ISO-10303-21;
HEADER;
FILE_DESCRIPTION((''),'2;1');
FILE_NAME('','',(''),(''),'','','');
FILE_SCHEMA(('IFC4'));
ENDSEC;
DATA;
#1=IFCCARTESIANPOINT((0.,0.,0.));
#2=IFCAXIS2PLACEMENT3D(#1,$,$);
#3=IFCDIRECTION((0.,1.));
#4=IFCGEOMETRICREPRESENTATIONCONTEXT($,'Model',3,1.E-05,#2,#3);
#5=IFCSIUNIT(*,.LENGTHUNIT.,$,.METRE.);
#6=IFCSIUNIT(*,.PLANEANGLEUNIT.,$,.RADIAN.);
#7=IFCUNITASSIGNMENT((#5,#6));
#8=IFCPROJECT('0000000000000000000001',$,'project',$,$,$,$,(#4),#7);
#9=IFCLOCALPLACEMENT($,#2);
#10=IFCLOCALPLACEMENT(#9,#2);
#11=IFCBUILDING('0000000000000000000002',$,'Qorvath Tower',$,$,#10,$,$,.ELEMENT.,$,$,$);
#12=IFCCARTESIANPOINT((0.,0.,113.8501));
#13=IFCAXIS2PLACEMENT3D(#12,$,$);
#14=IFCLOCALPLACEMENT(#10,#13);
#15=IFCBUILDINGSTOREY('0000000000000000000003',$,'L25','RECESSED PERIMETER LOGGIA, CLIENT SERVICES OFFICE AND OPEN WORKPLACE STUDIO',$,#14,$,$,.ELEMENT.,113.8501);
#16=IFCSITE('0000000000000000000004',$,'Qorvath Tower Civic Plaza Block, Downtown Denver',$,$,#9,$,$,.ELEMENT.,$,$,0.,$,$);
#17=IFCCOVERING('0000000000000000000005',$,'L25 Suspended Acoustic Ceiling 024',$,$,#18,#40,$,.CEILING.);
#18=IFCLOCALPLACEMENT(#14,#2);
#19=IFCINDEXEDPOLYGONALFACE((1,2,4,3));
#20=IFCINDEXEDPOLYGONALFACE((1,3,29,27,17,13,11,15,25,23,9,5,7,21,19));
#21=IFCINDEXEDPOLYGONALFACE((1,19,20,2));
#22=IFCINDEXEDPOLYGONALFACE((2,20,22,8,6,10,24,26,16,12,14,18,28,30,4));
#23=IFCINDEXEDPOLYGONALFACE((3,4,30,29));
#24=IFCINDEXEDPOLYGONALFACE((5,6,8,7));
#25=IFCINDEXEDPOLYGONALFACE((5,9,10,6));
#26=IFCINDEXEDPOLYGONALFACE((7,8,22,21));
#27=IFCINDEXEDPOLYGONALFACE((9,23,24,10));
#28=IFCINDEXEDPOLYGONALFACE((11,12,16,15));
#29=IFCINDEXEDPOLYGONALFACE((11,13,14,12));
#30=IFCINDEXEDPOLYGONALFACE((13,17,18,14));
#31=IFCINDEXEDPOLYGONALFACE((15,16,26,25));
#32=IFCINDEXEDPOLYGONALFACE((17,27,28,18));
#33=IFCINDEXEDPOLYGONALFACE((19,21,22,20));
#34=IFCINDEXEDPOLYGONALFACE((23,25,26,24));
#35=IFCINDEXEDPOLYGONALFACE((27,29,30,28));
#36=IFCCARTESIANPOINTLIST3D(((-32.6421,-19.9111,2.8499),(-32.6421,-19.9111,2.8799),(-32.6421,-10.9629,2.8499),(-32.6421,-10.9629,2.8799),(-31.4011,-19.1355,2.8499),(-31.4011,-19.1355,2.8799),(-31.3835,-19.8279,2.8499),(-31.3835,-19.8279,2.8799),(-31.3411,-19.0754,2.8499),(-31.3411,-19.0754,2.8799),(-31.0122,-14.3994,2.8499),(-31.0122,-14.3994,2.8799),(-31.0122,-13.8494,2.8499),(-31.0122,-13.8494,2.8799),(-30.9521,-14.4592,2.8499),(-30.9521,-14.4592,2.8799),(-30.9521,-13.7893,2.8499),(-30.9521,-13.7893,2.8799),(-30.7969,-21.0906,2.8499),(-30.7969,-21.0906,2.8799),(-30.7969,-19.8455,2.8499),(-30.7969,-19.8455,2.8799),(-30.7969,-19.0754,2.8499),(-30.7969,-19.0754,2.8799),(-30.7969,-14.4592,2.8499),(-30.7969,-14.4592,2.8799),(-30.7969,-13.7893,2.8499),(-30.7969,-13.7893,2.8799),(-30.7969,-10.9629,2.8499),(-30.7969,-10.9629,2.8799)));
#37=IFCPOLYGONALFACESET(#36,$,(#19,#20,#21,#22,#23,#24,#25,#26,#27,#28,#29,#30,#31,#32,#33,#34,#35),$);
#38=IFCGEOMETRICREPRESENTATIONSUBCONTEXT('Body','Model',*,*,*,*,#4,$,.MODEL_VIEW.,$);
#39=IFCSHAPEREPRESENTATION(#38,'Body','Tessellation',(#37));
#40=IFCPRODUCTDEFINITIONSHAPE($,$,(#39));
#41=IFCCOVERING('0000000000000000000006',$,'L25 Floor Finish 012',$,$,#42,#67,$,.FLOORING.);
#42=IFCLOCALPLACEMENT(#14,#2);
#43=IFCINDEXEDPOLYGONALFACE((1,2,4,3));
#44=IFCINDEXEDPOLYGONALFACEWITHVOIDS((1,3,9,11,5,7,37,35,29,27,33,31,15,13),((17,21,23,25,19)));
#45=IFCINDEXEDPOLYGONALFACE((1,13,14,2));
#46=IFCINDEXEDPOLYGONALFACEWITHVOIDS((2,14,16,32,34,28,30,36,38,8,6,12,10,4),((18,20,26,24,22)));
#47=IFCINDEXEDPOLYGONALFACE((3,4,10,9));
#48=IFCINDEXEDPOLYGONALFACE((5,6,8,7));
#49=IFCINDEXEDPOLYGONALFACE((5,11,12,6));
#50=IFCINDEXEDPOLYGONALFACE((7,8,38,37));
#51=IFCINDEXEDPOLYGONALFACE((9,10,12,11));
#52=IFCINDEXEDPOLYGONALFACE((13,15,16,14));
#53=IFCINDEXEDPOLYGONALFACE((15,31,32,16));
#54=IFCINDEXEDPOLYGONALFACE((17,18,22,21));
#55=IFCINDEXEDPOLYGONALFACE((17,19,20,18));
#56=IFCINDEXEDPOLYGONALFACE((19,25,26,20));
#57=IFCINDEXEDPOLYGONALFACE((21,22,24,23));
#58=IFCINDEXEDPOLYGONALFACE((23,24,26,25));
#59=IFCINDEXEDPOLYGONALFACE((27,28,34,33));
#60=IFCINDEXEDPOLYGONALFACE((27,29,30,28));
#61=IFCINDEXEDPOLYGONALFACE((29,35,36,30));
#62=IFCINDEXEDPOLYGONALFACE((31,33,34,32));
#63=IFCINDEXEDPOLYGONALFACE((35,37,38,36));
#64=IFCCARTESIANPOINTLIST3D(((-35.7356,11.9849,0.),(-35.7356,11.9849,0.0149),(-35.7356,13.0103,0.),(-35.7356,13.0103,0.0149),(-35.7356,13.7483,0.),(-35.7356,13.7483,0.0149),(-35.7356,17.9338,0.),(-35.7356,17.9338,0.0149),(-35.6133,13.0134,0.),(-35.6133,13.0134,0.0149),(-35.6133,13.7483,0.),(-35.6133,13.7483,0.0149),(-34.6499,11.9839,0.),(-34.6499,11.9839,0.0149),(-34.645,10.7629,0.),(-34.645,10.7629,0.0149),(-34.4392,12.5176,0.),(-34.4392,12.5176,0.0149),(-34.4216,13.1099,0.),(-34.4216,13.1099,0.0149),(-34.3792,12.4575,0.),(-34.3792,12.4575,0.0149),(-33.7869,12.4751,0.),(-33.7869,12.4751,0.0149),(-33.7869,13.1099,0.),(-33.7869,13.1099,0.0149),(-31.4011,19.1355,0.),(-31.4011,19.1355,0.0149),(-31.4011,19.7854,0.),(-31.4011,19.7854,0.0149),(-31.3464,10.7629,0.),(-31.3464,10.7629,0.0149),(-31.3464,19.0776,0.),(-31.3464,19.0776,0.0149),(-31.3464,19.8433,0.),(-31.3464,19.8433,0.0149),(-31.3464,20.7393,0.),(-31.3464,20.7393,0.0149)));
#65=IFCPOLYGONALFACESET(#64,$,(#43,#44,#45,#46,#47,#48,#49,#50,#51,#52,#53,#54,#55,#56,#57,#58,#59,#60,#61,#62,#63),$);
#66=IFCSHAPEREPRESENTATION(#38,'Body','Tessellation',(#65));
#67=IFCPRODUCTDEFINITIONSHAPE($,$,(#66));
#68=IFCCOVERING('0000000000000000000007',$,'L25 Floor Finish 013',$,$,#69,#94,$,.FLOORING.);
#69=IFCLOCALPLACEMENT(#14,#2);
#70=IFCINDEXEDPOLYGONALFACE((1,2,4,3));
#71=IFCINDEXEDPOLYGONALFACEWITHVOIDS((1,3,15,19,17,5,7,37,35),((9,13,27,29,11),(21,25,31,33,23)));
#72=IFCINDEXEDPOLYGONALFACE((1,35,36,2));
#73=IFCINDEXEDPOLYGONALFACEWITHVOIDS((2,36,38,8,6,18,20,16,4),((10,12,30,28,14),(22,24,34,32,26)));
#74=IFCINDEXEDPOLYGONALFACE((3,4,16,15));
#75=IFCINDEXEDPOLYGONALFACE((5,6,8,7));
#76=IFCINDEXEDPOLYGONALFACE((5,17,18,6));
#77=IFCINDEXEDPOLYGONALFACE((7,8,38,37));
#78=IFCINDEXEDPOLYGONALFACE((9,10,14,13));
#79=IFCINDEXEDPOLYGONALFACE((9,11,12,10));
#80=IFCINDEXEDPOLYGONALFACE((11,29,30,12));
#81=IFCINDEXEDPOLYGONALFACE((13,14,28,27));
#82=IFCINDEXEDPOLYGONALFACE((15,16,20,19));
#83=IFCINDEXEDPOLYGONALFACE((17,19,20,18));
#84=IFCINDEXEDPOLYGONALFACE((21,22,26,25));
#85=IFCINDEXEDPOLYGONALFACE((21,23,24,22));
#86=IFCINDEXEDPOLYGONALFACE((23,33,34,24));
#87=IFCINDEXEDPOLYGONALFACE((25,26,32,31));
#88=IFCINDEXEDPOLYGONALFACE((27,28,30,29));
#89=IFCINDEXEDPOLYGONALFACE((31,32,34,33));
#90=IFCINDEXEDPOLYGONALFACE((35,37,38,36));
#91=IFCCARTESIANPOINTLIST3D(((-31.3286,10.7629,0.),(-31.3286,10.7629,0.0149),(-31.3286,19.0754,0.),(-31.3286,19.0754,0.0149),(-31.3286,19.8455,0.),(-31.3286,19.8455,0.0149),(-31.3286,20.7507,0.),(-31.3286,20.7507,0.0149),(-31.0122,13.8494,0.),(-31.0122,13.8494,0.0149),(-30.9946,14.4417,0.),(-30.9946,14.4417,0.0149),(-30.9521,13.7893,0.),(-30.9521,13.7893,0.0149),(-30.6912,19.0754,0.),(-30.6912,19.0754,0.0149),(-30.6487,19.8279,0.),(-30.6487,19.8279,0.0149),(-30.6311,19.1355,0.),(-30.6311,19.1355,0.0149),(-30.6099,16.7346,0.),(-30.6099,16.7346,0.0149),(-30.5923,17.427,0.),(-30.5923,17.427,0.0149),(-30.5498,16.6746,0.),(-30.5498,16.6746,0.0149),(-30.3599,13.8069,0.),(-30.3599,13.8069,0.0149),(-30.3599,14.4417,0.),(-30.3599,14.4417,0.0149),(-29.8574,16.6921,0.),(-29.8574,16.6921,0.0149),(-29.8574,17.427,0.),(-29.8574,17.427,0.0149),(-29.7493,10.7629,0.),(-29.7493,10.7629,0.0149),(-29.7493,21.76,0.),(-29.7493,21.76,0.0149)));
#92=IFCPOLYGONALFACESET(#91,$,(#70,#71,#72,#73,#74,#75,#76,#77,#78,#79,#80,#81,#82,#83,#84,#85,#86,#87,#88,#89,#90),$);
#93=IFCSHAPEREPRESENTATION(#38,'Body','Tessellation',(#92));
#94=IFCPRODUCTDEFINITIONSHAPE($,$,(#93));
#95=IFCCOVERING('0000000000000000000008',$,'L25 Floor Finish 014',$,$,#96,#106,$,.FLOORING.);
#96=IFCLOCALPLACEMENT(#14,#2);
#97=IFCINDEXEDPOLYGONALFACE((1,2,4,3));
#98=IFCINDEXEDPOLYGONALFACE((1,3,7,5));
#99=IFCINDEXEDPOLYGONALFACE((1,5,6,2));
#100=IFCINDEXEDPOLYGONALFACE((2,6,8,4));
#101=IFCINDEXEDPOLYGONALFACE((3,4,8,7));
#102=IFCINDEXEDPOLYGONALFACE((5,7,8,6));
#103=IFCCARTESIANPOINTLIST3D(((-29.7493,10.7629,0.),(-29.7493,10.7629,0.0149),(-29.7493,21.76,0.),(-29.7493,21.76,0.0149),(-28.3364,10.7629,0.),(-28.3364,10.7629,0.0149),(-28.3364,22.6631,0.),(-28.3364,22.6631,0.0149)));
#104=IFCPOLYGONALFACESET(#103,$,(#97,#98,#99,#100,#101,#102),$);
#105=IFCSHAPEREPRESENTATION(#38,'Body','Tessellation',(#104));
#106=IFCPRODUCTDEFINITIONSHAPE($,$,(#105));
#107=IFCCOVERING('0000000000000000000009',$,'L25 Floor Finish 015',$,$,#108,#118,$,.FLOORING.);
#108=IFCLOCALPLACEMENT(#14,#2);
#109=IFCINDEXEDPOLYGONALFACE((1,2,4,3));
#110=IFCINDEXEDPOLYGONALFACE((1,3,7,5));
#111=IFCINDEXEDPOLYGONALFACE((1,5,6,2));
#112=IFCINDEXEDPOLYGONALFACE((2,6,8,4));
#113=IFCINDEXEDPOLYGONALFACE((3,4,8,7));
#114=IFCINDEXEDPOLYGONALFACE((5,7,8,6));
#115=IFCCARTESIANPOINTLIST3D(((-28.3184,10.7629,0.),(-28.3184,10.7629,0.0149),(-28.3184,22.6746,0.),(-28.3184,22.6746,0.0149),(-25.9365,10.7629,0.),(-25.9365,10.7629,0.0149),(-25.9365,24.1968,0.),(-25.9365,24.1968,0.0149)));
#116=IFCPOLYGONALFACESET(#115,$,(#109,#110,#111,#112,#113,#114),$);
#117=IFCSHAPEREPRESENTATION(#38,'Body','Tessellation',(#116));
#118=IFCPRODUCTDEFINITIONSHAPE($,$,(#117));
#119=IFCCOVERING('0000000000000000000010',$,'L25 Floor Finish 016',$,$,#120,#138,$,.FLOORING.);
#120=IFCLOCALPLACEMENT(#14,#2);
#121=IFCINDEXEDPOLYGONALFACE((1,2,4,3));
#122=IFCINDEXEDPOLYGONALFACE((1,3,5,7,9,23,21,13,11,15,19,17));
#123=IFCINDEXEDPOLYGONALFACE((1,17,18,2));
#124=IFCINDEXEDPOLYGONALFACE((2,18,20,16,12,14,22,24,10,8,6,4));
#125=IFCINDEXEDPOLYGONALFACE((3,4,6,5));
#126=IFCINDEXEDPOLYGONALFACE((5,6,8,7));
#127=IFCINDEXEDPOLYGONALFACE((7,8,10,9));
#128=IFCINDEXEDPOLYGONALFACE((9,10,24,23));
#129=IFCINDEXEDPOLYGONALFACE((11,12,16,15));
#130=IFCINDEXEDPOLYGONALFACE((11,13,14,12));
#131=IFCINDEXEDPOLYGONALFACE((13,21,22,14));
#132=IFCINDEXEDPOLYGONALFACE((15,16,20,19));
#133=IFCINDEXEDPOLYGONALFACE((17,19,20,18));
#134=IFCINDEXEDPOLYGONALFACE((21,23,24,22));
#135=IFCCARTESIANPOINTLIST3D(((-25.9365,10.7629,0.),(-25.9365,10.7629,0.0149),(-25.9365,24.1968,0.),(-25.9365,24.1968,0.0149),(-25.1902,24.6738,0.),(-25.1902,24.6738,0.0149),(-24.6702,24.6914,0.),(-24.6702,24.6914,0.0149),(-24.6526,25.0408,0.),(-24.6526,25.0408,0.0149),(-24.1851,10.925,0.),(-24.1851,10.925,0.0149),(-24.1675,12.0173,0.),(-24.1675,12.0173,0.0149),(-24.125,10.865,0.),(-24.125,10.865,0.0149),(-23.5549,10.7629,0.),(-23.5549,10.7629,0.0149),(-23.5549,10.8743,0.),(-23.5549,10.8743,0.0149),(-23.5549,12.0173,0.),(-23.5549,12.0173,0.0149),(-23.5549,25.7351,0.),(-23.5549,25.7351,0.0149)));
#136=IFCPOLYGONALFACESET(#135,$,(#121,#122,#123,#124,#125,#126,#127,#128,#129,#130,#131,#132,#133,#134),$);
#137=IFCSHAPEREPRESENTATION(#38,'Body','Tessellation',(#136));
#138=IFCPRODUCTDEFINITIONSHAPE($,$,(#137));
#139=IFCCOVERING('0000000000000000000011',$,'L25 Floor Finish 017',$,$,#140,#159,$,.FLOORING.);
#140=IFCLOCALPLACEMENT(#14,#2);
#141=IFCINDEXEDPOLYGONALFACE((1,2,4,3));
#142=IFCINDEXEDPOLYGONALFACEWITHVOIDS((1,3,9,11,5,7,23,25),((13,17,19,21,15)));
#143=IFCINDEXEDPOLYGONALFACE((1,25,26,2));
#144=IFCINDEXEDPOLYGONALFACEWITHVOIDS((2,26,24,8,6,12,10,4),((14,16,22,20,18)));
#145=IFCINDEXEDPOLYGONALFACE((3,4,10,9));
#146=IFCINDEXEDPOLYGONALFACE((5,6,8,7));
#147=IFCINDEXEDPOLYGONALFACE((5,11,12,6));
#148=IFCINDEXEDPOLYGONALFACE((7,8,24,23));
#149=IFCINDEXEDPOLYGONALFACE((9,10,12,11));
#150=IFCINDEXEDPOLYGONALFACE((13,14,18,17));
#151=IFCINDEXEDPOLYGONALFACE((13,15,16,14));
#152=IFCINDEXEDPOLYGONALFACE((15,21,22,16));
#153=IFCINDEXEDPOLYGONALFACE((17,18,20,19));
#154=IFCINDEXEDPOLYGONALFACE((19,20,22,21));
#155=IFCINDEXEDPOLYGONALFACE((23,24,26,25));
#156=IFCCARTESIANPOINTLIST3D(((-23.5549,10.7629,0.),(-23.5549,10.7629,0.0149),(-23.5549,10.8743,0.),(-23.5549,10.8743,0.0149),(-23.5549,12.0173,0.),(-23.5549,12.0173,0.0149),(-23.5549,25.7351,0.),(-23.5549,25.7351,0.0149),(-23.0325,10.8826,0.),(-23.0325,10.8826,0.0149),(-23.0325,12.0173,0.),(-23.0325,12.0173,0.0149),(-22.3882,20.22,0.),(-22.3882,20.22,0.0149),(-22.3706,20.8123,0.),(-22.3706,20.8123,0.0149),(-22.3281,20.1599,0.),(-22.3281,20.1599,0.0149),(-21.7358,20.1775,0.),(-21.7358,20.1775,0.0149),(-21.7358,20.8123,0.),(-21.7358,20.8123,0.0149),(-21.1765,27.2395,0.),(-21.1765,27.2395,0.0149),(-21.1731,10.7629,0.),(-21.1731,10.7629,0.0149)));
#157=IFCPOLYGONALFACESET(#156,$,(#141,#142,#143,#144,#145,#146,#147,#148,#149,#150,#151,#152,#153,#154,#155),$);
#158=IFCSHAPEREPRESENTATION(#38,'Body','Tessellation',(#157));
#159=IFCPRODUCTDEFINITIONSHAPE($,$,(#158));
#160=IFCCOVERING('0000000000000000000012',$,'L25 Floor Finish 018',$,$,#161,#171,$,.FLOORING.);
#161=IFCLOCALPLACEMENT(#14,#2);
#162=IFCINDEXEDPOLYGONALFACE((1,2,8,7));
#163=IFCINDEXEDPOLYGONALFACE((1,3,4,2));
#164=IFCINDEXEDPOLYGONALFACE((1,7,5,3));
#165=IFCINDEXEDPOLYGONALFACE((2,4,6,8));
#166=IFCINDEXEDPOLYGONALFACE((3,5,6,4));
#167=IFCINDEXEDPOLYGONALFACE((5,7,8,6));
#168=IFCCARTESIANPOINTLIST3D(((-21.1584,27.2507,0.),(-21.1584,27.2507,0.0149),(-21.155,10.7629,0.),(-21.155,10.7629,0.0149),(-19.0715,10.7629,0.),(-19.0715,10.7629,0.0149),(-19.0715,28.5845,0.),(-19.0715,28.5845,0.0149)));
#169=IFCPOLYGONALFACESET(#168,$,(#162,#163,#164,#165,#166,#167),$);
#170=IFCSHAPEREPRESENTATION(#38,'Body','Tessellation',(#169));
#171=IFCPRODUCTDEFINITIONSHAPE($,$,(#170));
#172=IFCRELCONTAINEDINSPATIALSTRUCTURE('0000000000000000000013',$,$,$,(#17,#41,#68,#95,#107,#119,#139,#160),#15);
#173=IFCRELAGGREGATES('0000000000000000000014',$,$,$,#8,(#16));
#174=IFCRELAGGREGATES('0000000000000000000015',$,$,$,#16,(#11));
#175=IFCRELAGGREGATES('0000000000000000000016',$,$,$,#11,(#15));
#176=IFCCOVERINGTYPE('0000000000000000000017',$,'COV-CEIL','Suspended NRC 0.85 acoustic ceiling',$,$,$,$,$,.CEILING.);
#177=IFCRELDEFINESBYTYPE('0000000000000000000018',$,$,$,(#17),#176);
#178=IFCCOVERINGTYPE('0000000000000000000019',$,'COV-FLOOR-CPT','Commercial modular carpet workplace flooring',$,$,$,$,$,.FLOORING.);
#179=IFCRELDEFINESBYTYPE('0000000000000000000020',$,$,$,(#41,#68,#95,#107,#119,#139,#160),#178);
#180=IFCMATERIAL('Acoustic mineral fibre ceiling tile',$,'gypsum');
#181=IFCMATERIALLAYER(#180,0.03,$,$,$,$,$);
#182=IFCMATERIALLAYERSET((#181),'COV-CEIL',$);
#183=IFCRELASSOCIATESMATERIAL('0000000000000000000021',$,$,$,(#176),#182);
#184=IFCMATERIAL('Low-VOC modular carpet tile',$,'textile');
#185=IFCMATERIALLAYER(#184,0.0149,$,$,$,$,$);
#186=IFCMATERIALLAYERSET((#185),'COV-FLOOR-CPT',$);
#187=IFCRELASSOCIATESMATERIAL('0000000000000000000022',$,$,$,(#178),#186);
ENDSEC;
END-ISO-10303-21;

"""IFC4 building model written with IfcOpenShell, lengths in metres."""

from ifc_helpers import new_model, si_unit, direction, frame, origin, place, context, subcontext, project, spatial, polyline, outline, extrude, material, layer, layer_set, type_object, element, save


model = new_model("IFC4")

# Units and contexts
model_context = context("Model", 3, precision=1e-05, world=origin(), true_north=direction((0.0, 1.0)))
body_context = subcontext(model_context, "Body", "Model", "MODEL_VIEW")
ifc_project = project(units=[si_unit("LENGTHUNIT", "METRE"), si_unit("PLANEANGLEUNIT", "RADIAN")], contexts=[model_context])

# Site, building, storey
site_placement = place(None, origin())
site = spatial("IfcSite", under=ifc_project, at=site_placement, Name="Qorvath Tower Civic Plaza Block, Downtown Denver", CompositionType="ELEMENT", RefElevation=0.0)
building_placement = place(site_placement, origin())
building = spatial("IfcBuilding", under=site, at=building_placement, Name="Qorvath Tower", CompositionType="ELEMENT")
storey_placement = place(building_placement, frame((0.0, 0.0, 113.8501)))
storey = spatial("IfcBuildingStorey", under=building, at=storey_placement, Name="L25", Description="RECESSED PERIMETER LOGGIA, CLIENT SERVICES OFFICE AND OPEN WORKPLACE STUDIO", CompositionType="ELEMENT", Elevation=113.8501)

# Coverings
ifc_material_1 = material(Name="Acoustic mineral fibre ceiling tile", Category="gypsum")
ifc_layer_1 = layer(ifc_material_1, 0.03)
ifc_layer_set_1 = layer_set([ifc_layer_1], Name="COV-CEIL")
covering_type_1 = type_object("IfcCoveringType", Name="COV-CEIL", Description="Suspended NRC 0.85 acoustic ceiling", PredefinedType="CEILING", material=ifc_layer_set_1)
covering_1_placement = place(storey_placement, frame((0.0, 0.0, 2.8499)))
element("IfcCovering", 1, at=covering_1_placement, inside=storey, type_object=covering_type_1, Name="L25 Suspended Acoustic Ceiling 024", PredefinedType="CEILING", context=body_context, shape_type="SweptSolid", body=[
    extrude(outline(polyline([(-31.3411, -19.0754), (-30.7969, -19.0754), (-30.7969, -14.4592), (-30.9521, -14.4592), (-31.0122, -14.3994), (-31.0122, -13.8494), (-30.9521, -13.7893), (-30.7969, -13.7893), (-30.7969, -10.9629), (-32.6421, -10.9629), (-32.6421, -19.9111), (-30.7969, -21.0906), (-30.7969, -19.8455), (-31.3835, -19.8279), (-31.4011, -19.1355), (-31.3411, -19.0754)])), origin(), (0.0, 0.0, 1.0), 0.03),
])
ifc_material_2 = material(Name="Low-VOC modular carpet tile", Category="textile")
ifc_layer_2 = layer(ifc_material_2, 0.0149)
ifc_layer_set_2 = layer_set([ifc_layer_2], Name="COV-FLOOR-CPT")
covering_type_2 = type_object("IfcCoveringType", Name="COV-FLOOR-CPT", Description="Commercial modular carpet workplace flooring", PredefinedType="FLOORING", material=ifc_layer_set_2)
covering_2_placement = place(storey_placement, origin())
element("IfcCovering", 2, at=covering_2_placement, inside=storey, type_object=covering_type_2, Name="L25 Floor Finish 012", PredefinedType="FLOORING", context=body_context, shape_type="SweptSolid", body=[
    extrude(outline(polyline([(-35.7356, 17.9338), (-35.7356, 13.7483), (-35.6133, 13.7483), (-35.6133, 13.0134), (-35.7356, 13.0103), (-35.7356, 11.9849), (-34.6499, 11.9839), (-34.645, 10.7629), (-31.3464, 10.7629), (-31.3464, 19.0776), (-31.4011, 19.1355), (-31.4011, 19.7854), (-31.3464, 19.8433), (-31.3464, 20.7393), (-35.7356, 17.9338)]), holes=[polyline([(-34.4392, 12.5176), (-34.4216, 13.1099), (-33.7869, 13.1099), (-33.7869, 12.4751), (-34.3792, 12.4575), (-34.4392, 12.5176)])]), origin(), (0.0, 0.0, 1.0), 0.0149),
])
covering_3_placement = place(storey_placement, origin())
element("IfcCovering", 3, at=covering_3_placement, inside=storey, type_object=covering_type_2, Name="L25 Floor Finish 013", PredefinedType="FLOORING", context=body_context, shape_type="SweptSolid", body=[
    extrude(outline(polyline([(-29.7493, 10.7629), (-29.7493, 21.76), (-31.3286, 20.7507), (-31.3286, 19.8455), (-30.6487, 19.8279), (-30.6311, 19.1355), (-30.6912, 19.0754), (-31.3286, 19.0754), (-31.3286, 10.7629), (-29.7493, 10.7629)]), holes=[polyline([(-30.6099, 16.7346), (-30.5923, 17.427), (-29.8574, 17.427), (-29.8574, 16.6921), (-30.5498, 16.6746), (-30.6099, 16.7346)]), polyline([(-31.0122, 13.8494), (-30.9946, 14.4417), (-30.3599, 14.4417), (-30.3599, 13.8069), (-30.9521, 13.7893), (-31.0122, 13.8494)])]), origin(), (0.0, 0.0, 1.0), 0.0149),
])
covering_4_placement = place(storey_placement, origin())
element("IfcCovering", 4, at=covering_4_placement, inside=storey, type_object=covering_type_2, Name="L25 Floor Finish 014", PredefinedType="FLOORING", context=body_context, shape_type="SweptSolid", body=[
    extrude(outline(polyline([(-28.3364, 22.6631), (-29.7493, 21.76), (-29.7493, 10.7629), (-28.3364, 10.7629), (-28.3364, 22.6631)])), origin(), (0.0, 0.0, 1.0), 0.0149),
])
covering_5_placement = place(storey_placement, origin())
element("IfcCovering", 5, at=covering_5_placement, inside=storey, type_object=covering_type_2, Name="L25 Floor Finish 015", PredefinedType="FLOORING", context=body_context, shape_type="SweptSolid", body=[
    extrude(outline(polyline([(-25.9365, 10.7629), (-25.9365, 24.1968), (-28.3184, 22.6746), (-28.3184, 10.7629), (-25.9365, 10.7629)])), origin(), (0.0, 0.0, 1.0), 0.0149),
])
covering_6_placement = place(storey_placement, origin())
element("IfcCovering", 6, at=covering_6_placement, inside=storey, type_object=covering_type_2, Name="L25 Floor Finish 016", PredefinedType="FLOORING", context=body_context, shape_type="SweptSolid", body=[
    extrude(outline(polyline([(-23.5549, 10.7629), (-23.5549, 10.8743), (-24.125, 10.865), (-24.1851, 10.925), (-24.1675, 12.0173), (-23.5549, 12.0173), (-23.5549, 25.7351), (-24.6526, 25.0408), (-24.6702, 24.6914), (-25.1902, 24.6738), (-25.9365, 24.1968), (-25.9365, 10.7629), (-23.5549, 10.7629)])), origin(), (0.0, 0.0, 1.0), 0.0149),
])
covering_7_placement = place(storey_placement, origin())
element("IfcCovering", 7, at=covering_7_placement, inside=storey, type_object=covering_type_2, Name="L25 Floor Finish 017", PredefinedType="FLOORING", context=body_context, shape_type="SweptSolid", body=[
    extrude(outline(polyline([(-21.1731, 10.7629), (-21.1765, 27.2395), (-23.5549, 25.7351), (-23.5549, 12.0173), (-23.0325, 12.0173), (-23.0325, 10.8826), (-23.5549, 10.8743), (-23.5549, 10.7629), (-21.1731, 10.7629)]), holes=[polyline([(-22.3882, 20.22), (-22.3706, 20.8123), (-21.7358, 20.8123), (-21.7358, 20.1775), (-22.3281, 20.1599), (-22.3882, 20.22)])]), origin(), (0.0, 0.0, 1.0), 0.0149),
])
covering_8_placement = place(storey_placement, origin())
element("IfcCovering", 8, at=covering_8_placement, inside=storey, type_object=covering_type_2, Name="L25 Floor Finish 018", PredefinedType="FLOORING", context=body_context, shape_type="SweptSolid", body=[
    extrude(outline(polyline([(-19.0715, 10.7629), (-19.0715, 28.5845), (-21.1584, 27.2507), (-21.155, 10.7629), (-19.0715, 10.7629)])), origin(), (0.0, 0.0, 1.0), 0.0149),
])

save(model, "model.ifc")
